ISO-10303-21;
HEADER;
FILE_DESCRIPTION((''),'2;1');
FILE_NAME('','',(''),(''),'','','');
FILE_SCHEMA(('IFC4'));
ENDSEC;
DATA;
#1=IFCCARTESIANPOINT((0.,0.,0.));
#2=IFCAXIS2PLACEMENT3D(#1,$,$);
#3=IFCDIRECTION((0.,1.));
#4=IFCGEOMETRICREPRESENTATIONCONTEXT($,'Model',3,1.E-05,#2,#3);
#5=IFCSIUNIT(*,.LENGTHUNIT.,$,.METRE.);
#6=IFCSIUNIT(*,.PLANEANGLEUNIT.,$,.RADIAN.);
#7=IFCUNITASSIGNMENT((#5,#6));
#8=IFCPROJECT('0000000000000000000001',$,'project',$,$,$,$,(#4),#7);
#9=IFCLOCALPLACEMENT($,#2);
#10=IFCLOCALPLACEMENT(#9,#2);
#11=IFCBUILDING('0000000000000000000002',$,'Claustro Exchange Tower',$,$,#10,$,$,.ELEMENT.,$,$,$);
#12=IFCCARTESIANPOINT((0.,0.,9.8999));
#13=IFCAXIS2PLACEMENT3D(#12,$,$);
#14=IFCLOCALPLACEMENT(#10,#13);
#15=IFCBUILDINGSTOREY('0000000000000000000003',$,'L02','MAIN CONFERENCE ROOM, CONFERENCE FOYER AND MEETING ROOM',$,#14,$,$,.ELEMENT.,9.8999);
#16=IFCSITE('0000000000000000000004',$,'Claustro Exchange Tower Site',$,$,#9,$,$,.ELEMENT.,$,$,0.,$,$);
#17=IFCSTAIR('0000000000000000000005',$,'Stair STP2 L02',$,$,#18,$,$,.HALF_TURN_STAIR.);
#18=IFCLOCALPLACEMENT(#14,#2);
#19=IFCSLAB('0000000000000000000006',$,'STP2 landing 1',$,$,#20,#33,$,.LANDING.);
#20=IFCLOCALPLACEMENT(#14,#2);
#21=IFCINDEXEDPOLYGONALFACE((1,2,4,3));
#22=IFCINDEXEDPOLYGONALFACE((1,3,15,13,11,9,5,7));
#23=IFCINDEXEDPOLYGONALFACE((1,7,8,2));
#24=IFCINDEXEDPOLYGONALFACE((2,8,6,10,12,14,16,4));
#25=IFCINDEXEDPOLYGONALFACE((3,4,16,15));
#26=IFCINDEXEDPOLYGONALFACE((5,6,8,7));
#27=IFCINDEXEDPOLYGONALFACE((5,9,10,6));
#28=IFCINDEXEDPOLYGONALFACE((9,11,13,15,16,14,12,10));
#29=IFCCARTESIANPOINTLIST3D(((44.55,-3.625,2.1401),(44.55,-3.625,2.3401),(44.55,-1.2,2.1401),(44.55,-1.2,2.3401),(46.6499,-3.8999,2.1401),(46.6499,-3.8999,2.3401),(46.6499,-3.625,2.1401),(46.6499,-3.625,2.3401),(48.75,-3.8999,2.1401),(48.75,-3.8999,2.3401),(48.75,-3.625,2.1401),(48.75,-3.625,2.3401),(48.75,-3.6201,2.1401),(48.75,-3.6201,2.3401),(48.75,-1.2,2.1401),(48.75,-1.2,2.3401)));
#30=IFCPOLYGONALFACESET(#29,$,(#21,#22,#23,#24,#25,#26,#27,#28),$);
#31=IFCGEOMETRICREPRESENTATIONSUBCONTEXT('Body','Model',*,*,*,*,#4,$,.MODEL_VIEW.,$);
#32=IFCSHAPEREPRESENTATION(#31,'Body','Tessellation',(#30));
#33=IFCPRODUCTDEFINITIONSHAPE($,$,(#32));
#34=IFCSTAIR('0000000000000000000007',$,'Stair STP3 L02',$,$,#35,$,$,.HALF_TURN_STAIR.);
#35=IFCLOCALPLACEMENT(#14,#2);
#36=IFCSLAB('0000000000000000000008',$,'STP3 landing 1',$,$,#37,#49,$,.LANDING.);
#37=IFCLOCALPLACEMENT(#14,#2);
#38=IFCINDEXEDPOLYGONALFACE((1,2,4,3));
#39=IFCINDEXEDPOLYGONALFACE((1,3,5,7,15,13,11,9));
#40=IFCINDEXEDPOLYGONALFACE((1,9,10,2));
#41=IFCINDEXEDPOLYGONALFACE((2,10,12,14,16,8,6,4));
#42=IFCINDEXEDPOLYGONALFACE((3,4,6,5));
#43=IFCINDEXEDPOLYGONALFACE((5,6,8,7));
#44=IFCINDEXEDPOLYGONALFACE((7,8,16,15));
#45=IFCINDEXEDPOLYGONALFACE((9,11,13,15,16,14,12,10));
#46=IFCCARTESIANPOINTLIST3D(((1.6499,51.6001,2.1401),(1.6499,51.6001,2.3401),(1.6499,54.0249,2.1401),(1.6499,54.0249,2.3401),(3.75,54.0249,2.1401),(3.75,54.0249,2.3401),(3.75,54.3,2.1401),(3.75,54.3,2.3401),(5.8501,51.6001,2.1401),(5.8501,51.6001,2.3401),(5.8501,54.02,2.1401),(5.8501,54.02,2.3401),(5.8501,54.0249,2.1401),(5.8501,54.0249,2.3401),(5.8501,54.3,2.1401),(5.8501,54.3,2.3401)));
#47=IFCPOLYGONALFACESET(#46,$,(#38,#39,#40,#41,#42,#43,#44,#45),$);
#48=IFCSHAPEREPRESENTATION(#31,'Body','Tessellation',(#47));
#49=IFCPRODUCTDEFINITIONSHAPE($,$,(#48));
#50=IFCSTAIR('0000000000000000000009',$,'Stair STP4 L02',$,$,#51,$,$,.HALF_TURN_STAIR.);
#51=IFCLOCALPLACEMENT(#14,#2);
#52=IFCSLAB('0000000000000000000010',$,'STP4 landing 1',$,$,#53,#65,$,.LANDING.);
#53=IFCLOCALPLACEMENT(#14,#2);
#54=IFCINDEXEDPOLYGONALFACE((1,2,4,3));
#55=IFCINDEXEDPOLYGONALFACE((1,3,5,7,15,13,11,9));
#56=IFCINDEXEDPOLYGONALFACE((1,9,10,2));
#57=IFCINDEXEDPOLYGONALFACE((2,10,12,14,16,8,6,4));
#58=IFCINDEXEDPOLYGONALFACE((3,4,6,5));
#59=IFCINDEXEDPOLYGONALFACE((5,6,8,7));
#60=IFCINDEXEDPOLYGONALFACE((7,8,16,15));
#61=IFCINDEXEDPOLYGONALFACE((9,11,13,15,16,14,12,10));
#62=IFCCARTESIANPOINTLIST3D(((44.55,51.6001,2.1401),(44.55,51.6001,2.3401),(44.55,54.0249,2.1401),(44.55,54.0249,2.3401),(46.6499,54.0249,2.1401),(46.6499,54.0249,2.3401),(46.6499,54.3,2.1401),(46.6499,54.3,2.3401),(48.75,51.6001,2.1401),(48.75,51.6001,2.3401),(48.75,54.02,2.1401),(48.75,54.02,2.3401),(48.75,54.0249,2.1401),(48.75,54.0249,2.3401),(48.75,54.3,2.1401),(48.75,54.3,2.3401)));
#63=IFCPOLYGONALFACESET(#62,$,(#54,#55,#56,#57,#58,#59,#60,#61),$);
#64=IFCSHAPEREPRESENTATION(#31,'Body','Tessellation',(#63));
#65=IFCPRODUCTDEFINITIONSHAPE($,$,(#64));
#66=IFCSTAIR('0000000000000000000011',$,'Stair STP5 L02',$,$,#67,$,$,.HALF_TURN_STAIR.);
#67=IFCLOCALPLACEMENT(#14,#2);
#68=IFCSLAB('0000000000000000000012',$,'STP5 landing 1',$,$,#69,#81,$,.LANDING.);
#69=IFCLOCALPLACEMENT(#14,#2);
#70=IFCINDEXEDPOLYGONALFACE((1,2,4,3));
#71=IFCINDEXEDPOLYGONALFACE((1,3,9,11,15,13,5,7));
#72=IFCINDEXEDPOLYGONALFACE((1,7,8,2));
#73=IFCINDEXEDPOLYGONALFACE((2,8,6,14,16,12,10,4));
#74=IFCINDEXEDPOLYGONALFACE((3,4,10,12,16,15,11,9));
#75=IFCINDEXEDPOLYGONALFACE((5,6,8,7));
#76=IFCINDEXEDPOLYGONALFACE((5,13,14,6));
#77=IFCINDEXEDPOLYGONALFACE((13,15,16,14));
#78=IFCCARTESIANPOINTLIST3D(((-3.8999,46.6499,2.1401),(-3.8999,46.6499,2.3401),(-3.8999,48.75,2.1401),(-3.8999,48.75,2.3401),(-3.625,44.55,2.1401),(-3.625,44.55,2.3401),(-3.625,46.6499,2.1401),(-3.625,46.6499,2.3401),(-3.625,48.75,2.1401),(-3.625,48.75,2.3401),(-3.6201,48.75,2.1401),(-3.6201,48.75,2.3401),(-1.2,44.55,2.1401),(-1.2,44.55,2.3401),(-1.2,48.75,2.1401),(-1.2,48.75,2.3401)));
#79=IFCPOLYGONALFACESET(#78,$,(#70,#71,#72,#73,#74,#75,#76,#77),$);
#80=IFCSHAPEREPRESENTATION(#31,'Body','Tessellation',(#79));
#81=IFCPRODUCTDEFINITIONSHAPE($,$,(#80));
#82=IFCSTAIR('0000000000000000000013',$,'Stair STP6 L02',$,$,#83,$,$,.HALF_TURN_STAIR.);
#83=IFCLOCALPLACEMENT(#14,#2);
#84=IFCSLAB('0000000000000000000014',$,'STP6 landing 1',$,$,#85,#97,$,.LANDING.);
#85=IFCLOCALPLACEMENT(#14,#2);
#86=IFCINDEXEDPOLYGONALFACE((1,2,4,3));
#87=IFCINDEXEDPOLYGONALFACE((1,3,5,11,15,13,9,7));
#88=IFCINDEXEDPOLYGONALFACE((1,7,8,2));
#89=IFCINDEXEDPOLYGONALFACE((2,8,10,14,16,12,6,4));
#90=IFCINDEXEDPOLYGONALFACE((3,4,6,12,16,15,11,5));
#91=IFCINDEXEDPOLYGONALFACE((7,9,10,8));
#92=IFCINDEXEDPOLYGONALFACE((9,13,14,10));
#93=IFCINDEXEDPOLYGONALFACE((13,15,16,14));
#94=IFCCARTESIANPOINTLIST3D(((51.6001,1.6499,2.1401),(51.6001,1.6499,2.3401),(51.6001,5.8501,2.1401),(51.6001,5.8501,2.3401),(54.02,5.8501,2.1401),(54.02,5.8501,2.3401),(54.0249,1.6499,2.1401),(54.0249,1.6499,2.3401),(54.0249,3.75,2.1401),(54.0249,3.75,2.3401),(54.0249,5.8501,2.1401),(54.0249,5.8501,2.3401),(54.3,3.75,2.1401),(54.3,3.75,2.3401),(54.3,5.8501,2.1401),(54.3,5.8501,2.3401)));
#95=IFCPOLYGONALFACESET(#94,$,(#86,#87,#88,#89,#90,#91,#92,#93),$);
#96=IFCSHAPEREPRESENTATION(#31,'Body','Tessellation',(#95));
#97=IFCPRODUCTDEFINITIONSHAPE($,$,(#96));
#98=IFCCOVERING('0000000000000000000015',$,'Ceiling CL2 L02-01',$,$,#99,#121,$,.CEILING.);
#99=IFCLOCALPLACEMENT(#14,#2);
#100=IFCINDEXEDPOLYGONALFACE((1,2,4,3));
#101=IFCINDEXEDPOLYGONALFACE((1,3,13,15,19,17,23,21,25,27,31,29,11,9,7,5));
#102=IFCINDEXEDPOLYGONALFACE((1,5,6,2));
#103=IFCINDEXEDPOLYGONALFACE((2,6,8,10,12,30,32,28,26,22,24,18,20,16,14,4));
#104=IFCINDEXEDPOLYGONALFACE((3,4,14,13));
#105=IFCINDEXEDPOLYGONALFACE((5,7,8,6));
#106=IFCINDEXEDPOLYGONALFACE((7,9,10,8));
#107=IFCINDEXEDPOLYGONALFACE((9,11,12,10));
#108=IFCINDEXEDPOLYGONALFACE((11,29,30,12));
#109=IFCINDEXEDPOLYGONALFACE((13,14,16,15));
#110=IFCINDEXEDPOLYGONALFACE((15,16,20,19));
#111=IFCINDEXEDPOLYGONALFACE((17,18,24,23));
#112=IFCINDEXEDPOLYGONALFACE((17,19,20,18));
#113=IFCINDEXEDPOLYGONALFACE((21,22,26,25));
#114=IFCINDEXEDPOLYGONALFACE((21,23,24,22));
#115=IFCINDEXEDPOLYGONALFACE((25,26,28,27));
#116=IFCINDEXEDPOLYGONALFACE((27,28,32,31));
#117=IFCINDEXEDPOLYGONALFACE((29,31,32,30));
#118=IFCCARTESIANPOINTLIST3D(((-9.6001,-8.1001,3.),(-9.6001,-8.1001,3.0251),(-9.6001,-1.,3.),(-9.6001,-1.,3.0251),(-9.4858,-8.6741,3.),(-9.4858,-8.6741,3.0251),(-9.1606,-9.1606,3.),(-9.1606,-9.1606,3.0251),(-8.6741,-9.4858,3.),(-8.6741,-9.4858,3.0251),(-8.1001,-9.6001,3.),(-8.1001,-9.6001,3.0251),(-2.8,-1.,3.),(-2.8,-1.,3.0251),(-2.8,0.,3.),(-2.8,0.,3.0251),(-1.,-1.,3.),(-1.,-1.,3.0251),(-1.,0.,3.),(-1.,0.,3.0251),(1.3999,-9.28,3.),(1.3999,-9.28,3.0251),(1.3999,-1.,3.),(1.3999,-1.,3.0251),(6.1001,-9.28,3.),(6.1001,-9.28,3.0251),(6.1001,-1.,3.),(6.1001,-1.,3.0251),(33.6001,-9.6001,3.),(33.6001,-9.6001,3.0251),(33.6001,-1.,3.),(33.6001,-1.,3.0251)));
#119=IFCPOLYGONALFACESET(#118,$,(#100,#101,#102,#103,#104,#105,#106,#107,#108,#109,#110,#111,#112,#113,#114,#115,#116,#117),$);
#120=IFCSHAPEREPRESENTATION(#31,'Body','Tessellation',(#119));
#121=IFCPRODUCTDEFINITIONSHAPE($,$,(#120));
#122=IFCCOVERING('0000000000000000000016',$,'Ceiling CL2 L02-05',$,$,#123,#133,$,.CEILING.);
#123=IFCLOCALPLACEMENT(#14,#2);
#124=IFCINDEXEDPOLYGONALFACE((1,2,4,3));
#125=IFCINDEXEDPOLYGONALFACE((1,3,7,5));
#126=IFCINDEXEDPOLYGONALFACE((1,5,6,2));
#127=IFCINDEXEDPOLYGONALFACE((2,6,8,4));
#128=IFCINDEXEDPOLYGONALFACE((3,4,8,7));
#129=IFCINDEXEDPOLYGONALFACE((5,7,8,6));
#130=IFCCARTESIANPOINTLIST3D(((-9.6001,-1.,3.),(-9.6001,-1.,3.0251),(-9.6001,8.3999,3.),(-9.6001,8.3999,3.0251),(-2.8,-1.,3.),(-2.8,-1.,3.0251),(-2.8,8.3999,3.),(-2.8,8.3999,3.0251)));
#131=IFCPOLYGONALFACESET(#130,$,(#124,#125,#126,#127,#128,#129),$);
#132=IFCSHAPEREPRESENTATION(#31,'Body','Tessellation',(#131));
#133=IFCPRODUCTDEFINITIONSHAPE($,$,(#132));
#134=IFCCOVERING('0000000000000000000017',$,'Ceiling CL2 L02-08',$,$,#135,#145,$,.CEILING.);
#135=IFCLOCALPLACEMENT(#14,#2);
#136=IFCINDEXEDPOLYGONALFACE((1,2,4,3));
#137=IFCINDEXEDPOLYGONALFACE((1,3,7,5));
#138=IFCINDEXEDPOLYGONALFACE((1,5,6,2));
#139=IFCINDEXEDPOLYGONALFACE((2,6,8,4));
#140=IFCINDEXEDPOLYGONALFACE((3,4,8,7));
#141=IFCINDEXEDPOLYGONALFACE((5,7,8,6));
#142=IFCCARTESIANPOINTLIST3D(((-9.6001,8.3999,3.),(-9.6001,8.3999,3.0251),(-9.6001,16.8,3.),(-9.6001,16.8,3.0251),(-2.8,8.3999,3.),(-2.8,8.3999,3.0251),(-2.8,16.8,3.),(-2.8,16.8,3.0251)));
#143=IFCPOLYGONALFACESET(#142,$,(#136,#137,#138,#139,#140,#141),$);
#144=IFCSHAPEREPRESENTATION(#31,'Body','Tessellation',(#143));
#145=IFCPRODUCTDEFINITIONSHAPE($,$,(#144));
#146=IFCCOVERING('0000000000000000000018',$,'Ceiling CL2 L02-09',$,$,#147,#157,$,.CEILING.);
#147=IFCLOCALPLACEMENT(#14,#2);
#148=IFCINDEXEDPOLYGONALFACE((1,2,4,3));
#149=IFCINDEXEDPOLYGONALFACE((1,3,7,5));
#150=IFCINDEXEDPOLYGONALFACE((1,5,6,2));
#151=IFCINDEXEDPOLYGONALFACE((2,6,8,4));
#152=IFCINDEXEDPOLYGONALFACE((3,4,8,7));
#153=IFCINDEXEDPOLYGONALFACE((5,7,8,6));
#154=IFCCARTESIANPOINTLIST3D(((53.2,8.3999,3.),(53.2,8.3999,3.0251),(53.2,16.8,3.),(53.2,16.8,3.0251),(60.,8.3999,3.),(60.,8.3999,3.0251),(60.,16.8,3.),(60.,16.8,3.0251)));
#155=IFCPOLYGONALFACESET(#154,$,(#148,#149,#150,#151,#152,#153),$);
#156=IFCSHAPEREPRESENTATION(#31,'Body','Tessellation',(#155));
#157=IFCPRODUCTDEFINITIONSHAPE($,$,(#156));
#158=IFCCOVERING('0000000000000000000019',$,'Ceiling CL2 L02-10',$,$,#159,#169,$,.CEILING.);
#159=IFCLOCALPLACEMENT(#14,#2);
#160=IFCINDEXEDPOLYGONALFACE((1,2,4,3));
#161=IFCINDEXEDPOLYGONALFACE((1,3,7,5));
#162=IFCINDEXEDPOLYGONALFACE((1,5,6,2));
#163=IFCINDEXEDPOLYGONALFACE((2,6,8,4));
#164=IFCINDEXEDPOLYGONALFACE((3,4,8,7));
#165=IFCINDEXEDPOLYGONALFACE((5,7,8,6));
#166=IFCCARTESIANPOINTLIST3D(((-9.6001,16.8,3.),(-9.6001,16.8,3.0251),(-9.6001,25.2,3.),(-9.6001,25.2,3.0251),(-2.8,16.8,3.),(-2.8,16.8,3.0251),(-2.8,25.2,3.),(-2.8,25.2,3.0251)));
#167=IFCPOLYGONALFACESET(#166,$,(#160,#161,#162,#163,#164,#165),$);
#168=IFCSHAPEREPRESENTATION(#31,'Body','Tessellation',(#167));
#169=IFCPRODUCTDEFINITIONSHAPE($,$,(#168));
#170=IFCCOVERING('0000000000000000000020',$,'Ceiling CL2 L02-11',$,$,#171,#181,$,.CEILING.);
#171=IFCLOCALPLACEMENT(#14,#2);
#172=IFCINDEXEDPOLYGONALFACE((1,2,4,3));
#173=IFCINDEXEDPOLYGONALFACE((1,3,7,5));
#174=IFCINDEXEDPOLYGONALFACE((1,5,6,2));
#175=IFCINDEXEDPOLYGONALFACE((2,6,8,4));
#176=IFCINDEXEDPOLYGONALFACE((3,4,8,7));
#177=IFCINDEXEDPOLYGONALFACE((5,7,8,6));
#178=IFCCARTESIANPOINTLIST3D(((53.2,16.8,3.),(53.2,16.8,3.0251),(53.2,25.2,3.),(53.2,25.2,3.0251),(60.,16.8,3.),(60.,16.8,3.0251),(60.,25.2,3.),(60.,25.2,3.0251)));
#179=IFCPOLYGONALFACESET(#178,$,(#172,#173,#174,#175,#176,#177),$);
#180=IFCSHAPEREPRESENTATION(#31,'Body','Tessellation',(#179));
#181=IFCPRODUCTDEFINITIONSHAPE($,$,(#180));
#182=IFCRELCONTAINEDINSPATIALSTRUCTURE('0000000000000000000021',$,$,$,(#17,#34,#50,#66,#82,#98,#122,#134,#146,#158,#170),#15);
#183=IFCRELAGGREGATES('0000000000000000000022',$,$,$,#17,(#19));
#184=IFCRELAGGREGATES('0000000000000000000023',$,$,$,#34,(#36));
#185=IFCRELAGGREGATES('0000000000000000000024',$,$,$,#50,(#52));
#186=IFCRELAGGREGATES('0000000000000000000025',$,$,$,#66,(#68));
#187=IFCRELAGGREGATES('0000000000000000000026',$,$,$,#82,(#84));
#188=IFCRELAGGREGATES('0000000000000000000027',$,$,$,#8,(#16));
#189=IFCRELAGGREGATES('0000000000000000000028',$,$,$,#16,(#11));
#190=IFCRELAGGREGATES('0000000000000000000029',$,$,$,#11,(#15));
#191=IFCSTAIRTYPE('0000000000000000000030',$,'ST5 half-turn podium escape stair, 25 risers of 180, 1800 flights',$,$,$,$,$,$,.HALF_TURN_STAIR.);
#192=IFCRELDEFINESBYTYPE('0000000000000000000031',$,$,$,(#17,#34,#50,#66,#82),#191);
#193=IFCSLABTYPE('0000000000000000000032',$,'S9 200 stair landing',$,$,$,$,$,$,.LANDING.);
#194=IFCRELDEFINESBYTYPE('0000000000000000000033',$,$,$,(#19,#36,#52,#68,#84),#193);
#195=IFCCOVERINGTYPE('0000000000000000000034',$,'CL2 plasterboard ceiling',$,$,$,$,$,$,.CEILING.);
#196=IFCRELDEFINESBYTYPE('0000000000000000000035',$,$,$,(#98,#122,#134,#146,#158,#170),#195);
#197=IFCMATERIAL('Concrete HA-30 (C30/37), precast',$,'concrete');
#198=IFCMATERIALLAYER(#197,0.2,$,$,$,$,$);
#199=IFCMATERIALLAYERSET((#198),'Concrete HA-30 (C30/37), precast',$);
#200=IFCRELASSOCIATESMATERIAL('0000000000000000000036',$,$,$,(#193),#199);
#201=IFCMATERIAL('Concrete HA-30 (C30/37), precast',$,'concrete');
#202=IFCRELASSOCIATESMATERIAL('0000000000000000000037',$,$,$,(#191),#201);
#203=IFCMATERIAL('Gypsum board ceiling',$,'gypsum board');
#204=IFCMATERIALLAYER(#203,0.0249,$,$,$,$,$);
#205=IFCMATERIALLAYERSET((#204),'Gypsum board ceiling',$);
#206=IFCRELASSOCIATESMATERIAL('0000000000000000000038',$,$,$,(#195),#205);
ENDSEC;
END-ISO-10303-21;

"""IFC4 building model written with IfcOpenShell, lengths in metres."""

from ifc_helpers import new_model, si_unit, direction, frame, origin, place, context, subcontext, project, spatial, polyline, outline, extrude, material, layer, layer_set, type_object, element, aggregate, save


model = new_model("IFC4")

# Units and contexts
model_context = context("Model", 3, precision=1e-05, world=origin(), true_north=direction((0.0, 1.0)))
body_context = subcontext(model_context, "Body", "Model", "MODEL_VIEW")
ifc_project = project(units=[si_unit("LENGTHUNIT", "METRE"), si_unit("PLANEANGLEUNIT", "RADIAN")], contexts=[model_context])

# Site, building, storey
site_placement = place(None, origin())
site = spatial("IfcSite", under=ifc_project, at=site_placement, Name="Claustro Exchange Tower Site", CompositionType="ELEMENT", RefElevation=0.0)
building_placement = place(site_placement, origin())
building = spatial("IfcBuilding", under=site, at=building_placement, Name="Claustro Exchange Tower", CompositionType="ELEMENT")
storey_placement = place(building_placement, frame((0.0, 0.0, 9.8999)))
storey = spatial("IfcBuildingStorey", under=building, at=storey_placement, Name="L02", Description="MAIN CONFERENCE ROOM, CONFERENCE FOYER AND MEETING ROOM", CompositionType="ELEMENT", Elevation=9.8999)

# Stairs, slabs
ifc_material_1 = material(Name="Concrete HA-30 (C30/37), precast", Category="concrete")
ifc_layer_1 = layer(ifc_material_1, 0.2)
ifc_layer_set_1 = layer_set([ifc_layer_1], Name="Concrete HA-30 (C30/37), precast")
slab_type = type_object("IfcSlabType", Name="S9 200 stair landing", PredefinedType="LANDING", material=ifc_layer_set_1)
ifc_material_2 = material(Name="Concrete HA-30 (C30/37), precast", Category="concrete")
stair_type_1 = type_object("IfcStairType", Name="ST5 half-turn podium escape stair, 25 risers of 180, 1800 flights", PredefinedType="HALF_TURN_STAIR", material=ifc_material_2)
stair_1_placement = place(storey_placement, origin())
stair_1 = element("IfcStair", 1, at=stair_1_placement, inside=storey, type_object=stair_type_1, Name="Stair STP2 L02", PredefinedType="HALF_TURN_STAIR")
slab_1_placement = place(storey_placement, frame((0.0, 0.0, 2.1401)))
slab_1 = element("IfcSlab", 2, at=slab_1_placement, type_object=slab_type, Name="STP2 landing 1", PredefinedType="LANDING", context=body_context, shape_type="SweptSolid", body=[
    extrude(outline(polyline([(48.75, -3.8999), (46.6499, -3.8999), (46.6499, -3.625), (44.55, -3.625), (44.55, -1.2), (48.75, -1.2), (48.75, -3.6201), (48.75, -3.625), (48.75, -3.8999)])), origin(), (0.0, 0.0, 1.0), 0.2),
])
aggregate(stair_1, [slab_1])
stair_2_placement = place(storey_placement, origin())
stair_2 = element("IfcStair", 3, at=stair_2_placement, inside=storey, type_object=stair_type_1, Name="Stair STP3 L02", PredefinedType="HALF_TURN_STAIR")
slab_2_placement = place(storey_placement, frame((0.0, 0.0, 2.1401)))
slab_2 = element("IfcSlab", 4, at=slab_2_placement, type_object=slab_type, Name="STP3 landing 1", PredefinedType="LANDING", context=body_context, shape_type="SweptSolid", body=[
    extrude(outline(polyline([(5.8501, 51.6001), (1.6499, 51.6001), (1.6499, 54.0249), (3.75, 54.0249), (3.75, 54.3), (5.8501, 54.3), (5.8501, 54.0249), (5.8501, 54.02), (5.8501, 51.6001)])), origin(), (0.0, 0.0, 1.0), 0.2),
])
aggregate(stair_2, [slab_2])
stair_3_placement = place(storey_placement, origin())
stair_3 = element("IfcStair", 5, at=stair_3_placement, inside=storey, type_object=stair_type_1, Name="Stair STP4 L02", PredefinedType="HALF_TURN_STAIR")
slab_3_placement = place(storey_placement, frame((0.0, 0.0, 2.1401)))
slab_3 = element("IfcSlab", 6, at=slab_3_placement, type_object=slab_type, Name="STP4 landing 1", PredefinedType="LANDING", context=body_context, shape_type="SweptSolid", body=[
    extrude(outline(polyline([(48.75, 51.6001), (44.55, 51.6001), (44.55, 54.0249), (46.6499, 54.0249), (46.6499, 54.3), (48.75, 54.3), (48.75, 54.0249), (48.75, 54.02), (48.75, 51.6001)])), origin(), (0.0, 0.0, 1.0), 0.2),
])
aggregate(stair_3, [slab_3])
stair_4_placement = place(storey_placement, origin())
stair_4 = element("IfcStair", 7, at=stair_4_placement, inside=storey, type_object=stair_type_1, Name="Stair STP5 L02", PredefinedType="HALF_TURN_STAIR")
slab_4_placement = place(storey_placement, frame((0.0, 0.0, 2.1401)))
slab_4 = element("IfcSlab", 8, at=slab_4_placement, type_object=slab_type, Name="STP5 landing 1", PredefinedType="LANDING", context=body_context, shape_type="SweptSolid", body=[
    extrude(outline(polyline([(-1.2, 48.75), (-1.2, 44.55), (-3.625, 44.55), (-3.625, 46.6499), (-3.8999, 46.6499), (-3.8999, 48.75), (-3.625, 48.75), (-3.6201, 48.75), (-1.2, 48.75)])), origin(), (0.0, 0.0, 1.0), 0.2),
])
aggregate(stair_4, [slab_4])
stair_5_placement = place(storey_placement, origin())
stair_5 = element("IfcStair", 9, at=stair_5_placement, inside=storey, type_object=stair_type_1, Name="Stair STP6 L02", PredefinedType="HALF_TURN_STAIR")
slab_5_placement = place(storey_placement, frame((0.0, 0.0, 2.1401)))
slab_5 = element("IfcSlab", 10, at=slab_5_placement, type_object=slab_type, Name="STP6 landing 1", PredefinedType="LANDING", context=body_context, shape_type="SweptSolid", body=[
    extrude(outline(polyline([(54.0249, 1.6499), (51.6001, 1.6499), (51.6001, 5.8501), (54.02, 5.8501), (54.0249, 5.8501), (54.3, 5.8501), (54.3, 3.75), (54.0249, 3.75), (54.0249, 1.6499)])), origin(), (0.0, 0.0, 1.0), 0.2),
])
aggregate(stair_5, [slab_5])

# Coverings
ifc_material_3 = material(Name="Gypsum board ceiling", Category="gypsum board")
ifc_layer_2 = layer(ifc_material_3, 0.0249)
ifc_layer_set_2 = layer_set([ifc_layer_2], Name="Gypsum board ceiling")
covering_type = type_object("IfcCoveringType", Name="CL2 plasterboard ceiling", PredefinedType="CEILING", material=ifc_layer_set_2)
covering_1_placement = place(storey_placement, frame((0.0, 0.0, 3.0)))
element("IfcCovering", 11, at=covering_1_placement, inside=storey, type_object=covering_type, Name="Ceiling CL2 L02-01", PredefinedType="CEILING", context=body_context, shape_type="SweptSolid", body=[
    extrude(outline(polyline([(-8.1001, -9.6001), (33.6001, -9.6001), (33.6001, -1.0), (6.1001, -1.0), (6.1001, -9.28), (1.3999, -9.28), (1.3999, -1.0), (-1.0, -1.0), (-1.0, 0.0), (-2.8, 0.0), (-2.8, -1.0), (-9.6001, -1.0), (-9.6001, -8.1001), (-9.4858, -8.6741), (-9.1606, -9.1606), (-8.6741, -9.4858), (-8.1001, -9.6001)])), origin(), (0.0, 0.0, 1.0), 0.0251),
])
covering_2_placement = place(storey_placement, frame((0.0, 0.0, 3.0)))
element("IfcCovering", 12, at=covering_2_placement, inside=storey, type_object=covering_type, Name="Ceiling CL2 L02-05", PredefinedType="CEILING", context=body_context, shape_type="SweptSolid", body=[
    extrude(outline(polyline([(-9.6001, 8.3999), (-9.6001, -1.0), (-2.8, -1.0), (-2.8, 8.3999), (-9.6001, 8.3999)])), origin(), (0.0, 0.0, 1.0), 0.0251),
])
covering_3_placement = place(storey_placement, frame((0.0, 0.0, 3.0)))
element("IfcCovering", 13, at=covering_3_placement, inside=storey, type_object=covering_type, Name="Ceiling CL2 L02-08", PredefinedType="CEILING", context=body_context, shape_type="SweptSolid", body=[
    extrude(outline(polyline([(-9.6001, 16.8), (-9.6001, 8.3999), (-2.8, 8.3999), (-2.8, 16.8), (-9.6001, 16.8)])), origin(), (0.0, 0.0, 1.0), 0.0251),
])
covering_4_placement = place(storey_placement, frame((0.0, 0.0, 3.0)))
element("IfcCovering", 14, at=covering_4_placement, inside=storey, type_object=covering_type, Name="Ceiling CL2 L02-09", PredefinedType="CEILING", context=body_context, shape_type="SweptSolid", body=[
    extrude(outline(polyline([(60.0, 8.3999), (60.0, 16.8), (53.2, 16.8), (53.2, 8.3999), (60.0, 8.3999)])), origin(), (0.0, 0.0, 1.0), 0.0251),
])
covering_5_placement = place(storey_placement, frame((0.0, 0.0, 3.0)))
element("IfcCovering", 15, at=covering_5_placement, inside=storey, type_object=covering_type, Name="Ceiling CL2 L02-10", PredefinedType="CEILING", context=body_context, shape_type="SweptSolid", body=[
    extrude(outline(polyline([(-9.6001, 25.2), (-9.6001, 16.8), (-2.8, 16.8), (-2.8, 25.2), (-9.6001, 25.2)])), origin(), (0.0, 0.0, 1.0), 0.0251),
])
covering_6_placement = place(storey_placement, frame((0.0, 0.0, 3.0)))
element("IfcCovering", 16, at=covering_6_placement, inside=storey, type_object=covering_type, Name="Ceiling CL2 L02-11", PredefinedType="CEILING", context=body_context, shape_type="SweptSolid", body=[
    extrude(outline(polyline([(60.0, 16.8), (60.0, 25.2), (53.2, 25.2), (53.2, 16.8), (60.0, 16.8)])), origin(), (0.0, 0.0, 1.0), 0.0251),
])

save(model, "model.ifc")
